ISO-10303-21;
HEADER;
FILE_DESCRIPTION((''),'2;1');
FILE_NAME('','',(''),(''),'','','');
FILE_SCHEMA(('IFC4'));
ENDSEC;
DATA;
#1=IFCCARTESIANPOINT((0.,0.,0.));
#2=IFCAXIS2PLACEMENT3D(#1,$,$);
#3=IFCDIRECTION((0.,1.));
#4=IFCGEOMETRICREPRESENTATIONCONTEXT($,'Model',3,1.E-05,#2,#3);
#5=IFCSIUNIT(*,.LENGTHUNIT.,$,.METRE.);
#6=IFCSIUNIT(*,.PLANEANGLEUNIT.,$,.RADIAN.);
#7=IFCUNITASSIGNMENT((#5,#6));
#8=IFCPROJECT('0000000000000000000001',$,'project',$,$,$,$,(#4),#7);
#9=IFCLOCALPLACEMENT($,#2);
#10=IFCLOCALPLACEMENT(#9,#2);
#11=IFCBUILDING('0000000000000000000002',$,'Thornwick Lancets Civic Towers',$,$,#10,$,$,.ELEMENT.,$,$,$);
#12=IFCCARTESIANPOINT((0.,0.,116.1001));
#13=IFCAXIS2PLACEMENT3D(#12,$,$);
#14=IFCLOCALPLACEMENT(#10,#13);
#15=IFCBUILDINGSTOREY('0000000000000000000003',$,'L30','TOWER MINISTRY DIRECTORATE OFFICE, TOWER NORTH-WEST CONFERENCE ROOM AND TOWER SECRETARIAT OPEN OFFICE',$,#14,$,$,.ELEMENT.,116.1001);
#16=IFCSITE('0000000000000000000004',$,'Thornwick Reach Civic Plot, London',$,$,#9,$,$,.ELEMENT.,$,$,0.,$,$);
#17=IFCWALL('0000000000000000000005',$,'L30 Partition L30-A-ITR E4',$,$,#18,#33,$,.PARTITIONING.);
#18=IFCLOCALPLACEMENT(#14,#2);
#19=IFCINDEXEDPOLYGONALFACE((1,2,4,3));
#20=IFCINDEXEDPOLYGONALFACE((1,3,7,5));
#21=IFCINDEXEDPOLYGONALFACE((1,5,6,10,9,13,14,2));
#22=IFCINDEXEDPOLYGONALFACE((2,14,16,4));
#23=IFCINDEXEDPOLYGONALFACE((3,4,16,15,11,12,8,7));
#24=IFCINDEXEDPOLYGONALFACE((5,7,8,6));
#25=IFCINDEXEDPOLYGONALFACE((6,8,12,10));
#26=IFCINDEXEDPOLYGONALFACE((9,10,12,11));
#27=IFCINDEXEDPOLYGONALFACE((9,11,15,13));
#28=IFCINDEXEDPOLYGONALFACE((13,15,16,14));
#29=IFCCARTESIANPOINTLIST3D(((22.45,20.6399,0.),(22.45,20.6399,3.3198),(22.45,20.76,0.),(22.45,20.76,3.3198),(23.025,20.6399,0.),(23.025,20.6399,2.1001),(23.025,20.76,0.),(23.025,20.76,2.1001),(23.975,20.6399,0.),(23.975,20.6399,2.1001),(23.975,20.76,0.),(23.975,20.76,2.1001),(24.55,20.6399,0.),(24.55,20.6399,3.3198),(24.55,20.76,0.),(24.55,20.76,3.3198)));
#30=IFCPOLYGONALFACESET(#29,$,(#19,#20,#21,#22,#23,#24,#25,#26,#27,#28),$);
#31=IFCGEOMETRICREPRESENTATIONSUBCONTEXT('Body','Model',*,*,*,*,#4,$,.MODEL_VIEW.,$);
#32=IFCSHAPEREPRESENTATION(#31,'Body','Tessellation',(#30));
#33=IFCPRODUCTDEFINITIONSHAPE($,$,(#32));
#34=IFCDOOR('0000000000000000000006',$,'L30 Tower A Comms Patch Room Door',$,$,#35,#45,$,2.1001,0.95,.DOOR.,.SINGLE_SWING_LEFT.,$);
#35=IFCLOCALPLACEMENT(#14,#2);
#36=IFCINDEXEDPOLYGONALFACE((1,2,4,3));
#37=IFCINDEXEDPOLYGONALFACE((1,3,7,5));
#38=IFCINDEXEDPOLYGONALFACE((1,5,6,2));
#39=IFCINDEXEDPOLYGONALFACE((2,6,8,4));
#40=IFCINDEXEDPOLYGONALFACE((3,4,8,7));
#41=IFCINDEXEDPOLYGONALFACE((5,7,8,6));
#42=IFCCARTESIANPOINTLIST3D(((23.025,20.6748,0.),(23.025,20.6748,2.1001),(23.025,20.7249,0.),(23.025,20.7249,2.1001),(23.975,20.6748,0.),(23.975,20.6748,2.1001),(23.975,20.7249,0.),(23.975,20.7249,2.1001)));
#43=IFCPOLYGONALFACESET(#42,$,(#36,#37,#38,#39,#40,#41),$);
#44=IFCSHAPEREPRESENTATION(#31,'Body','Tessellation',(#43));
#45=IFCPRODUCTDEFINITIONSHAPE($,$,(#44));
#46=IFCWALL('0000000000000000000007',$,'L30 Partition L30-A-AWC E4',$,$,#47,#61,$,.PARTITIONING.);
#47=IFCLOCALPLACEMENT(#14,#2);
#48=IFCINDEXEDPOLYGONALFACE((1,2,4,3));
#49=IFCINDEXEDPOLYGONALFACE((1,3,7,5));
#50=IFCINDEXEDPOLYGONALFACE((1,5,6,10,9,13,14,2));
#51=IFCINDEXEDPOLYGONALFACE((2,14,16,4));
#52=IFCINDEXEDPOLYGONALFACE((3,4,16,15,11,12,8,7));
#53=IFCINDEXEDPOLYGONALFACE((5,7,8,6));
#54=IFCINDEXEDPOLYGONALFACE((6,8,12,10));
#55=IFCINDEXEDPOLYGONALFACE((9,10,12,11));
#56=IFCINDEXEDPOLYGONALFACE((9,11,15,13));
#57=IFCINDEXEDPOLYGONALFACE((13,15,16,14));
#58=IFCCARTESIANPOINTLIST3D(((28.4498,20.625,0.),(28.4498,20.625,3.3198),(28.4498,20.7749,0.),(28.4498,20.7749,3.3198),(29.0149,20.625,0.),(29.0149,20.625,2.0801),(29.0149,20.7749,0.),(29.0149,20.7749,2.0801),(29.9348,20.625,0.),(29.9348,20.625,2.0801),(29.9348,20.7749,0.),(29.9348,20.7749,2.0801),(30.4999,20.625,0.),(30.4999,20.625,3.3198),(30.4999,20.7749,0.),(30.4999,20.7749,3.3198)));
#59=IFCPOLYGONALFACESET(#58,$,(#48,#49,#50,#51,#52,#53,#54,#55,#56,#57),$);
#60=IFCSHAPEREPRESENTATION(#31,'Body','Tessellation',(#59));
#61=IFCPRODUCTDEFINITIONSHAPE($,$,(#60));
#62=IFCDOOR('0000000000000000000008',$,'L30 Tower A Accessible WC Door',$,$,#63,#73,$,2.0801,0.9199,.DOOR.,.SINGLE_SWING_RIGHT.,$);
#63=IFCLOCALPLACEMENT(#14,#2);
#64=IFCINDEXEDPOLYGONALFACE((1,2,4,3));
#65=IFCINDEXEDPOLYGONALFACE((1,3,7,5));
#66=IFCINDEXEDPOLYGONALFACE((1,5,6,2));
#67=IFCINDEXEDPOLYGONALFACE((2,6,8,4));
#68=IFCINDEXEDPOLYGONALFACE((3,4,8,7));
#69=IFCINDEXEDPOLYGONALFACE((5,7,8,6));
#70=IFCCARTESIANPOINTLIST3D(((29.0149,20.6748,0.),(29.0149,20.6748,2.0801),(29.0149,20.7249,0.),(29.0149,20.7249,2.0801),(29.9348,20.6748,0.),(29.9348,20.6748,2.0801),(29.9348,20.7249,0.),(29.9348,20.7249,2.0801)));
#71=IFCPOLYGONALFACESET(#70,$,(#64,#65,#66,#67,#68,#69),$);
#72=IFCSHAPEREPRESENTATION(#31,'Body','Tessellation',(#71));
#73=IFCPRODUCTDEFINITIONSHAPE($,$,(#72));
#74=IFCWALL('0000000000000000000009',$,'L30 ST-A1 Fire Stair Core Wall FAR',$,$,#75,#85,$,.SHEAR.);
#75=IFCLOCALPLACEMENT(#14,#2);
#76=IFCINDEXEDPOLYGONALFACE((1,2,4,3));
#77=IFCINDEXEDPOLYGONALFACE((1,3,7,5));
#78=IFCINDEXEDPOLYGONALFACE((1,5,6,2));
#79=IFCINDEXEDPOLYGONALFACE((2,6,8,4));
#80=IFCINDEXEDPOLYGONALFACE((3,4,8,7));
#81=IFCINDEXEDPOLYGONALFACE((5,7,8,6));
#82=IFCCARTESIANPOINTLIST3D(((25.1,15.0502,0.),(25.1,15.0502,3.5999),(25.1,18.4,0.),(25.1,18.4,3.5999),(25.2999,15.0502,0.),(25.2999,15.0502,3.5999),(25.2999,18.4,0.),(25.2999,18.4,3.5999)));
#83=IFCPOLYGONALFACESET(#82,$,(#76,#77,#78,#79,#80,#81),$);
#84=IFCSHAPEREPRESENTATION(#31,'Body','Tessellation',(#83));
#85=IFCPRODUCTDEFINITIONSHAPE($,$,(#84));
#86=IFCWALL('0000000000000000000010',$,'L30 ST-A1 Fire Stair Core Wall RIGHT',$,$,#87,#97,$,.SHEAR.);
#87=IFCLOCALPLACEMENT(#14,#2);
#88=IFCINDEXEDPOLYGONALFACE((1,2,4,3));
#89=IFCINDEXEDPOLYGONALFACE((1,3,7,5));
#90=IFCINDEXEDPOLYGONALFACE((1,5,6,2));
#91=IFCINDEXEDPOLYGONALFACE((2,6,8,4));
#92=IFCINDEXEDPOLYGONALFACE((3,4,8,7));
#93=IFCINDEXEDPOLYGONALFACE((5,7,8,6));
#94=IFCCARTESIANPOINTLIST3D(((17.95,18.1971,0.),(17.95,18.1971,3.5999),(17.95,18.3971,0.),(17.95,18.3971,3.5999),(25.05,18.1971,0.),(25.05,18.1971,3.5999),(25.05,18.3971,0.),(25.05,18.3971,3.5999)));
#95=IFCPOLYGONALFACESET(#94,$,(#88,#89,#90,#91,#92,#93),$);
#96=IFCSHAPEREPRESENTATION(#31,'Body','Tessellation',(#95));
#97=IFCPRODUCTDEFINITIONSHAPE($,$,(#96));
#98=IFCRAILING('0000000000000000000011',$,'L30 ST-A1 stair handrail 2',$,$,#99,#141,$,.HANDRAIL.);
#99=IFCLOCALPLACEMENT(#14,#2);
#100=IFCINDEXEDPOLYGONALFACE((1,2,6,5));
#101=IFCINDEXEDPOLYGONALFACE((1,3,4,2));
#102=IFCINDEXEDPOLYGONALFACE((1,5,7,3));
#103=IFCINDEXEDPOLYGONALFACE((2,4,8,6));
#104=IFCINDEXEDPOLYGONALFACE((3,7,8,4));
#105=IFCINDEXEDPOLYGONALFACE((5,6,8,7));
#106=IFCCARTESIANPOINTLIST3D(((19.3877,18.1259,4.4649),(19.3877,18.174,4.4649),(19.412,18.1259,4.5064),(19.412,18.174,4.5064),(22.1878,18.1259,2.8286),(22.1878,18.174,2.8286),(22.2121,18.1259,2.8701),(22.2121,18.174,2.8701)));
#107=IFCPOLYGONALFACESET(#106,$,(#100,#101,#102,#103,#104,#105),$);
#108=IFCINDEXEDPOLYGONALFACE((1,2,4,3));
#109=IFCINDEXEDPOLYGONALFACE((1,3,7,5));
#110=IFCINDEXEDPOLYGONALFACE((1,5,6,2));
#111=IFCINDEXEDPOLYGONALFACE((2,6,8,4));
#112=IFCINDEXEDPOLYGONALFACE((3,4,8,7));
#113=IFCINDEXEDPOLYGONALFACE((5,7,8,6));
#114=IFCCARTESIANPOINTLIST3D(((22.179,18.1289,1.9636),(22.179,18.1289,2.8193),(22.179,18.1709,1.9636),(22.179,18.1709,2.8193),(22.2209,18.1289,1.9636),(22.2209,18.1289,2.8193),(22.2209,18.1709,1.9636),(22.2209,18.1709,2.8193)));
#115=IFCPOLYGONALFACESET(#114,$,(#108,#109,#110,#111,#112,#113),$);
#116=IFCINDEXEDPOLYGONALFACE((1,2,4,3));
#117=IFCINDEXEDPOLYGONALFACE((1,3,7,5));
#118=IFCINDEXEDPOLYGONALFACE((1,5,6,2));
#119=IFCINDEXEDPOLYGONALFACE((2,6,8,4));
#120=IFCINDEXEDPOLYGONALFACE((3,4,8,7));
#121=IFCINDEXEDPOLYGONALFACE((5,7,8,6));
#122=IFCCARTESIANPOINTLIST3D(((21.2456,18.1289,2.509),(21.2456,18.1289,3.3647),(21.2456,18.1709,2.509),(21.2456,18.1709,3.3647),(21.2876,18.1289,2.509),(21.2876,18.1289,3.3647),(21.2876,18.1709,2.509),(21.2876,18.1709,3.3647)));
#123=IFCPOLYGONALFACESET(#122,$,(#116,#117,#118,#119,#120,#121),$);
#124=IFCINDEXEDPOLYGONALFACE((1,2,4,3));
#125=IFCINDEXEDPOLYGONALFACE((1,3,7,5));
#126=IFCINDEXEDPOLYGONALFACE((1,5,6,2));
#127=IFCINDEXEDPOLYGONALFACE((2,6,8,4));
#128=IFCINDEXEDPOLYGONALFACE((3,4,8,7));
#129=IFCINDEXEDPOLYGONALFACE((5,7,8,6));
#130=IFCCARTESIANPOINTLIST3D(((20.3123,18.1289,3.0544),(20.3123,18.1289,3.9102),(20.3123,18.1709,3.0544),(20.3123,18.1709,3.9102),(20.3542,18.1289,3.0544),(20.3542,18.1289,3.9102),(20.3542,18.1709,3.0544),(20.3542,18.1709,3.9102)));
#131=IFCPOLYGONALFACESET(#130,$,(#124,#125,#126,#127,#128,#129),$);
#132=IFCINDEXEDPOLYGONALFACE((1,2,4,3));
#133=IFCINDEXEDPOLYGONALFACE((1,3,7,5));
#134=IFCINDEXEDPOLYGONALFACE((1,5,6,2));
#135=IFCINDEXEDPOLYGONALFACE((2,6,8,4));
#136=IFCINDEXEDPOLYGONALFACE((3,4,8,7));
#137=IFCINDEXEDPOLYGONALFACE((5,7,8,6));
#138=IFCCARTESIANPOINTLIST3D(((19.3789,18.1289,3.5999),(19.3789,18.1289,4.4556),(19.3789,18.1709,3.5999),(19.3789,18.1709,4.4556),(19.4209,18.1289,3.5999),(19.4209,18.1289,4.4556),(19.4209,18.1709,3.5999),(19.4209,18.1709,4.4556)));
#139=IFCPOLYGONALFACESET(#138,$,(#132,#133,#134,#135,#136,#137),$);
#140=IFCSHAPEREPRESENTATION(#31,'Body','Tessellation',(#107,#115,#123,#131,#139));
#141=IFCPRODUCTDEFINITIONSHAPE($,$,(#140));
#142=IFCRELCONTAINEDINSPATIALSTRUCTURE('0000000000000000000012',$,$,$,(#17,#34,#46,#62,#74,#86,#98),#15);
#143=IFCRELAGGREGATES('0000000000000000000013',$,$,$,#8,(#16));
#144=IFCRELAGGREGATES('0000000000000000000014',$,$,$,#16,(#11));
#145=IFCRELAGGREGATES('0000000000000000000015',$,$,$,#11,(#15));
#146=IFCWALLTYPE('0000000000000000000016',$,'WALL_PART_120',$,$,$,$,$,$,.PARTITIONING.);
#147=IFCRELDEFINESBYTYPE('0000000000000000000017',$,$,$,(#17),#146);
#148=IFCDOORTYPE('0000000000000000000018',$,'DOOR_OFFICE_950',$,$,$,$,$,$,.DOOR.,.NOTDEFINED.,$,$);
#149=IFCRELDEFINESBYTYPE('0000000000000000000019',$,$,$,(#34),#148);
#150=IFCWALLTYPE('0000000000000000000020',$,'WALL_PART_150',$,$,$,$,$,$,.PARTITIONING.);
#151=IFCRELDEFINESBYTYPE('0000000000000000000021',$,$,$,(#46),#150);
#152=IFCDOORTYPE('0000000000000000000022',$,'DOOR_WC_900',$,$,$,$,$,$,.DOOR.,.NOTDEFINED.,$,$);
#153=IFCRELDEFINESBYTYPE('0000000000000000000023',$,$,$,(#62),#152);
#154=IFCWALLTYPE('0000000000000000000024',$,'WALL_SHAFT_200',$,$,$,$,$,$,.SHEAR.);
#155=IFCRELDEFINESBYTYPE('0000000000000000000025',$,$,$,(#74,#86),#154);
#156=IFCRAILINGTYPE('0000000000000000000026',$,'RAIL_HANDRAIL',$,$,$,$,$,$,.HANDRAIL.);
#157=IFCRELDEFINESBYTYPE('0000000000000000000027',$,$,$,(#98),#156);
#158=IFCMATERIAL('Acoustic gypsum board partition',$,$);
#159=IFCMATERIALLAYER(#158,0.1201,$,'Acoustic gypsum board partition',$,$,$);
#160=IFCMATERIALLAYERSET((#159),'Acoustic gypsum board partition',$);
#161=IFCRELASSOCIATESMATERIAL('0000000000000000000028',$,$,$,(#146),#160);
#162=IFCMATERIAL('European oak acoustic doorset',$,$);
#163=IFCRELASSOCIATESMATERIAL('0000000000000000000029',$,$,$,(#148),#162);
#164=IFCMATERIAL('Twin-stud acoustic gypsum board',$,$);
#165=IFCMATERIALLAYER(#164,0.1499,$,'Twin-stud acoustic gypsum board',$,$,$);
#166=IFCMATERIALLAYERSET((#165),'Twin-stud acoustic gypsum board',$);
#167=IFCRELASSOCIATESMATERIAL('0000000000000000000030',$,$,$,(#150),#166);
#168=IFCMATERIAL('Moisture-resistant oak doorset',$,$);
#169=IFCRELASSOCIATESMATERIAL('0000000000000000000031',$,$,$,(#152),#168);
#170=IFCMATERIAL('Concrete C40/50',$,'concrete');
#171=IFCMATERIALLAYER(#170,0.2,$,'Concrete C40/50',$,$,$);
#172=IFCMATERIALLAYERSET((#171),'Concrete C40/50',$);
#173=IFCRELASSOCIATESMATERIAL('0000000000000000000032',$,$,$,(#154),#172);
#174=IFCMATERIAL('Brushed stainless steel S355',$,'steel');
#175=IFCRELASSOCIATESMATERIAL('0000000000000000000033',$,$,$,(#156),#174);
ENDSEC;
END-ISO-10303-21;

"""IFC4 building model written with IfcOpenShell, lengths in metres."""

from ifc_helpers import new_model, si_unit, direction, frame, frame_2d, origin, origin_2d, place, context, subcontext, project, spatial, rectangle, extrude, material, layer, layer_set, type_object, element, fill, save


model = new_model("IFC4")

# Units and contexts
model_context = context("Model", 3, precision=1e-05, world=origin(), true_north=direction((0.0, 1.0)))
body_context = subcontext(model_context, "Body", "Model", "MODEL_VIEW")
ifc_project = project(units=[si_unit("LENGTHUNIT", "METRE"), si_unit("PLANEANGLEUNIT", "RADIAN")], contexts=[model_context])

# Site, building, storey
site_placement = place(None, origin())
site = spatial("IfcSite", under=ifc_project, at=site_placement, Name="Thornwick Reach Civic Plot, London", CompositionType="ELEMENT", RefElevation=0.0)
building_placement = place(site_placement, origin())
building = spatial("IfcBuilding", under=site, at=building_placement, Name="Thornwick Lancets Civic Towers", CompositionType="ELEMENT")
storey_placement = place(building_placement, frame((0.0, 0.0, 116.1001)))
storey = spatial("IfcBuildingStorey", under=building, at=storey_placement, Name="L30", Description="TOWER MINISTRY DIRECTORATE OFFICE, TOWER NORTH-WEST CONFERENCE ROOM AND TOWER SECRETARIAT OPEN OFFICE", CompositionType="ELEMENT", Elevation=116.1001)

# Shared definitions
ifc_material_1 = material(Name="Acoustic gypsum board partition")
ifc_layer_1 = layer(ifc_material_1, 0.1201, Name="Acoustic gypsum board partition")
ifc_layer_set_1 = layer_set([ifc_layer_1], Name="Acoustic gypsum board partition")
wall_type_1 = type_object("IfcWallType", Name="WALL_PART_120", PredefinedType="PARTITIONING", material=ifc_layer_set_1)

# Walls, openings, doors
wall_1_placement = place(storey_placement, frame((22.45, 20.7, 0.0), z_axis=(0.0, 0.0, 1.0), x_axis=(1.0, 0.0, 0.0)))
wall_1 = element("IfcWall", 1, at=wall_1_placement, inside=storey, type_object=wall_type_1, Name="L30 Partition L30-A-ITR E4", PredefinedType="PARTITIONING", context=body_context, shape_type="SweptSolid", body=[
    extrude(rectangle(XDim=2.1001, YDim=0.1201, at=frame_2d((1.05, 0.0))), origin(), (0.0, 0.0, 1.0), 3.3198),
])
opening_1_placement = place(wall_1_placement, frame((0.575, 0.0, 0.0)))
opening_1 = element("IfcOpeningElement", 2, at=opening_1_placement, cuts=wall_1, PredefinedType="OPENING", context=body_context, shape_type="SweptSolid", body=[
    extrude(rectangle(XDim=0.95, YDim=2.1001, at=frame_2d((0.4751, 1.05))), frame((0.0, 0.0701, 0.0), z_axis=(0.0, -1.0, 0.0), x_axis=(1.0, 0.0, 0.0)), (0.0, 0.0, 1.0), 0.1401),
])
ifc_material_2 = material(Name="European oak acoustic doorset")
door_type_1 = type_object("IfcDoorType", Name="DOOR_OFFICE_950", OperationType="NOTDEFINED", PredefinedType="DOOR", material=ifc_material_2)
door_1_placement = place(opening_1_placement, origin())
door_1 = element("IfcDoor", 3, at=door_1_placement, inside=storey, type_object=door_type_1, Name="L30 Tower A Comms Patch Room Door", OperationType="SINGLE_SWING_LEFT", OverallHeight=2.1001, OverallWidth=0.95, PredefinedType="DOOR", context=body_context, shape_type="SweptSolid", body=[
    extrude(rectangle(XDim=0.95, YDim=2.1001, at=frame_2d((0.4751, 1.05))), frame((0.0, 0.0249, 0.0), z_axis=(0.0, -1.0, 0.0), x_axis=(1.0, 0.0, 0.0)), (0.0, 0.0, 1.0), 0.05),
])
fill(opening_1, door_1)
ifc_material_3 = material(Name="Twin-stud acoustic gypsum board")
ifc_layer_2 = layer(ifc_material_3, 0.1499, Name="Twin-stud acoustic gypsum board")
ifc_layer_set_2 = layer_set([ifc_layer_2], Name="Twin-stud acoustic gypsum board")
wall_type_2 = type_object("IfcWallType", Name="WALL_PART_150", PredefinedType="PARTITIONING", material=ifc_layer_set_2)
wall_2_placement = place(storey_placement, frame((28.45, 20.7, 0.0), z_axis=(0.0, 0.0, 1.0), x_axis=(1.0, 0.0, 0.0)))
wall_2 = element("IfcWall", 4, at=wall_2_placement, inside=storey, type_object=wall_type_2, Name="L30 Partition L30-A-AWC E4", PredefinedType="PARTITIONING", context=body_context, shape_type="SweptSolid", body=[
    extrude(rectangle(XDim=2.05, YDim=0.1499, at=frame_2d((1.0249, 0.0))), origin(), (0.0, 0.0, 1.0), 3.3198),
])
opening_2_placement = place(wall_2_placement, frame((0.5649, 0.0, 0.0)))
opening_2 = element("IfcOpeningElement", 5, at=opening_2_placement, cuts=wall_2, PredefinedType="OPENING", context=body_context, shape_type="SweptSolid", body=[
    extrude(rectangle(XDim=0.9199, YDim=2.0801, at=frame_2d((0.46, 1.04))), frame((0.0, 0.085, 0.0), z_axis=(0.0, -1.0, 0.0), x_axis=(1.0, 0.0, 0.0)), (0.0, 0.0, 1.0), 0.1699),
])
ifc_material_4 = material(Name="Moisture-resistant oak doorset")
door_type_2 = type_object("IfcDoorType", Name="DOOR_WC_900", OperationType="NOTDEFINED", PredefinedType="DOOR", material=ifc_material_4)
door_2_placement = place(opening_2_placement, origin())
door_2 = element("IfcDoor", 6, at=door_2_placement, inside=storey, type_object=door_type_2, Name="L30 Tower A Accessible WC Door", OperationType="SINGLE_SWING_RIGHT", OverallHeight=2.0801, OverallWidth=0.9199, PredefinedType="DOOR", context=body_context, shape_type="SweptSolid", body=[
    extrude(rectangle(XDim=0.9199, YDim=2.0801, at=frame_2d((0.46, 1.04))), frame((0.0, 0.0249, 0.0), z_axis=(0.0, -1.0, 0.0), x_axis=(1.0, 0.0, 0.0)), (0.0, 0.0, 1.0), 0.05),
])
fill(opening_2, door_2)

# Walls
ifc_material_5 = material(Name="Concrete C40/50", Category="concrete")
ifc_layer_3 = layer(ifc_material_5, 0.2, Name="Concrete C40/50")
ifc_layer_set_3 = layer_set([ifc_layer_3], Name="Concrete C40/50")
wall_type_3 = type_object("IfcWallType", Name="WALL_SHAFT_200", PredefinedType="SHEAR", material=ifc_layer_set_3)
wall_3_placement = place(storey_placement, frame((25.2, 18.3999, 0.0), z_axis=(0.0, 0.0, 1.0), x_axis=(0.0, -1.0, 0.0)))
element("IfcWall", 7, at=wall_3_placement, inside=storey, type_object=wall_type_3, Name="L30 ST-A1 Fire Stair Core Wall FAR", PredefinedType="SHEAR", context=body_context, shape_type="SweptSolid", body=[
    extrude(rectangle(XDim=3.3499, YDim=0.2, at=frame_2d((1.6748, 0.0))), origin(), (0.0, 0.0, 1.0), 3.5999),
])
wall_4_placement = place(storey_placement, frame((25.05, 18.2971, 0.0), z_axis=(0.0, 0.0, 1.0), x_axis=(-1.0, 0.0, 0.0)))
element("IfcWall", 8, at=wall_4_placement, inside=storey, type_object=wall_type_3, Name="L30 ST-A1 Fire Stair Core Wall RIGHT", PredefinedType="SHEAR", context=body_context, shape_type="SweptSolid", body=[
    extrude(rectangle(XDim=7.1001, YDim=0.2, at=frame_2d((3.55, 0.0))), origin(), (0.0, 0.0, 1.0), 3.5999),
])

# Railing
ifc_material_6 = material(Name="Brushed stainless steel S355", Category="steel")
railing_type_1 = type_object("IfcRailingType", Name="RAIL_HANDRAIL", PredefinedType="HANDRAIL", material=ifc_material_6)
railing_1_placement = place(storey_placement, frame((22.2, 18.1499, 1.9636)))
element("IfcRailing", 9, at=railing_1_placement, inside=storey, type_object=railing_type_1, Name="L30 ST-A1 stair handrail 2", PredefinedType="HANDRAIL", context=body_context, shape_type="SweptSolid", body=[
    extrude(rectangle(XDim=0.0481, YDim=0.0481, at=origin_2d()), frame((0.0, 0.0, 0.8857), z_axis=(-0.863394, 0.0, 0.504531), x_axis=(0.0, -1.0, 0.0)), (0.0, 0.0, 1.0), 3.2432),
    extrude(rectangle(XDim=0.042, YDim=0.042, at=origin_2d()), origin(), (0.0, 0.0, 1.0), 0.8557),
    extrude(rectangle(XDim=0.042, YDim=0.042, at=origin_2d()), frame((-0.9333, 0.0, 0.5454)), (0.0, 0.0, 1.0), 0.8557),
    extrude(rectangle(XDim=0.042, YDim=0.042, at=origin_2d()), frame((-1.8667, 0.0, 1.0908)), (0.0, 0.0, 1.0), 0.8557),
    extrude(rectangle(XDim=0.042, YDim=0.042, at=origin_2d()), frame((-2.8, 0.0, 1.6362)), (0.0, 0.0, 1.0), 0.8557),
])

save(model, "model.ifc")
